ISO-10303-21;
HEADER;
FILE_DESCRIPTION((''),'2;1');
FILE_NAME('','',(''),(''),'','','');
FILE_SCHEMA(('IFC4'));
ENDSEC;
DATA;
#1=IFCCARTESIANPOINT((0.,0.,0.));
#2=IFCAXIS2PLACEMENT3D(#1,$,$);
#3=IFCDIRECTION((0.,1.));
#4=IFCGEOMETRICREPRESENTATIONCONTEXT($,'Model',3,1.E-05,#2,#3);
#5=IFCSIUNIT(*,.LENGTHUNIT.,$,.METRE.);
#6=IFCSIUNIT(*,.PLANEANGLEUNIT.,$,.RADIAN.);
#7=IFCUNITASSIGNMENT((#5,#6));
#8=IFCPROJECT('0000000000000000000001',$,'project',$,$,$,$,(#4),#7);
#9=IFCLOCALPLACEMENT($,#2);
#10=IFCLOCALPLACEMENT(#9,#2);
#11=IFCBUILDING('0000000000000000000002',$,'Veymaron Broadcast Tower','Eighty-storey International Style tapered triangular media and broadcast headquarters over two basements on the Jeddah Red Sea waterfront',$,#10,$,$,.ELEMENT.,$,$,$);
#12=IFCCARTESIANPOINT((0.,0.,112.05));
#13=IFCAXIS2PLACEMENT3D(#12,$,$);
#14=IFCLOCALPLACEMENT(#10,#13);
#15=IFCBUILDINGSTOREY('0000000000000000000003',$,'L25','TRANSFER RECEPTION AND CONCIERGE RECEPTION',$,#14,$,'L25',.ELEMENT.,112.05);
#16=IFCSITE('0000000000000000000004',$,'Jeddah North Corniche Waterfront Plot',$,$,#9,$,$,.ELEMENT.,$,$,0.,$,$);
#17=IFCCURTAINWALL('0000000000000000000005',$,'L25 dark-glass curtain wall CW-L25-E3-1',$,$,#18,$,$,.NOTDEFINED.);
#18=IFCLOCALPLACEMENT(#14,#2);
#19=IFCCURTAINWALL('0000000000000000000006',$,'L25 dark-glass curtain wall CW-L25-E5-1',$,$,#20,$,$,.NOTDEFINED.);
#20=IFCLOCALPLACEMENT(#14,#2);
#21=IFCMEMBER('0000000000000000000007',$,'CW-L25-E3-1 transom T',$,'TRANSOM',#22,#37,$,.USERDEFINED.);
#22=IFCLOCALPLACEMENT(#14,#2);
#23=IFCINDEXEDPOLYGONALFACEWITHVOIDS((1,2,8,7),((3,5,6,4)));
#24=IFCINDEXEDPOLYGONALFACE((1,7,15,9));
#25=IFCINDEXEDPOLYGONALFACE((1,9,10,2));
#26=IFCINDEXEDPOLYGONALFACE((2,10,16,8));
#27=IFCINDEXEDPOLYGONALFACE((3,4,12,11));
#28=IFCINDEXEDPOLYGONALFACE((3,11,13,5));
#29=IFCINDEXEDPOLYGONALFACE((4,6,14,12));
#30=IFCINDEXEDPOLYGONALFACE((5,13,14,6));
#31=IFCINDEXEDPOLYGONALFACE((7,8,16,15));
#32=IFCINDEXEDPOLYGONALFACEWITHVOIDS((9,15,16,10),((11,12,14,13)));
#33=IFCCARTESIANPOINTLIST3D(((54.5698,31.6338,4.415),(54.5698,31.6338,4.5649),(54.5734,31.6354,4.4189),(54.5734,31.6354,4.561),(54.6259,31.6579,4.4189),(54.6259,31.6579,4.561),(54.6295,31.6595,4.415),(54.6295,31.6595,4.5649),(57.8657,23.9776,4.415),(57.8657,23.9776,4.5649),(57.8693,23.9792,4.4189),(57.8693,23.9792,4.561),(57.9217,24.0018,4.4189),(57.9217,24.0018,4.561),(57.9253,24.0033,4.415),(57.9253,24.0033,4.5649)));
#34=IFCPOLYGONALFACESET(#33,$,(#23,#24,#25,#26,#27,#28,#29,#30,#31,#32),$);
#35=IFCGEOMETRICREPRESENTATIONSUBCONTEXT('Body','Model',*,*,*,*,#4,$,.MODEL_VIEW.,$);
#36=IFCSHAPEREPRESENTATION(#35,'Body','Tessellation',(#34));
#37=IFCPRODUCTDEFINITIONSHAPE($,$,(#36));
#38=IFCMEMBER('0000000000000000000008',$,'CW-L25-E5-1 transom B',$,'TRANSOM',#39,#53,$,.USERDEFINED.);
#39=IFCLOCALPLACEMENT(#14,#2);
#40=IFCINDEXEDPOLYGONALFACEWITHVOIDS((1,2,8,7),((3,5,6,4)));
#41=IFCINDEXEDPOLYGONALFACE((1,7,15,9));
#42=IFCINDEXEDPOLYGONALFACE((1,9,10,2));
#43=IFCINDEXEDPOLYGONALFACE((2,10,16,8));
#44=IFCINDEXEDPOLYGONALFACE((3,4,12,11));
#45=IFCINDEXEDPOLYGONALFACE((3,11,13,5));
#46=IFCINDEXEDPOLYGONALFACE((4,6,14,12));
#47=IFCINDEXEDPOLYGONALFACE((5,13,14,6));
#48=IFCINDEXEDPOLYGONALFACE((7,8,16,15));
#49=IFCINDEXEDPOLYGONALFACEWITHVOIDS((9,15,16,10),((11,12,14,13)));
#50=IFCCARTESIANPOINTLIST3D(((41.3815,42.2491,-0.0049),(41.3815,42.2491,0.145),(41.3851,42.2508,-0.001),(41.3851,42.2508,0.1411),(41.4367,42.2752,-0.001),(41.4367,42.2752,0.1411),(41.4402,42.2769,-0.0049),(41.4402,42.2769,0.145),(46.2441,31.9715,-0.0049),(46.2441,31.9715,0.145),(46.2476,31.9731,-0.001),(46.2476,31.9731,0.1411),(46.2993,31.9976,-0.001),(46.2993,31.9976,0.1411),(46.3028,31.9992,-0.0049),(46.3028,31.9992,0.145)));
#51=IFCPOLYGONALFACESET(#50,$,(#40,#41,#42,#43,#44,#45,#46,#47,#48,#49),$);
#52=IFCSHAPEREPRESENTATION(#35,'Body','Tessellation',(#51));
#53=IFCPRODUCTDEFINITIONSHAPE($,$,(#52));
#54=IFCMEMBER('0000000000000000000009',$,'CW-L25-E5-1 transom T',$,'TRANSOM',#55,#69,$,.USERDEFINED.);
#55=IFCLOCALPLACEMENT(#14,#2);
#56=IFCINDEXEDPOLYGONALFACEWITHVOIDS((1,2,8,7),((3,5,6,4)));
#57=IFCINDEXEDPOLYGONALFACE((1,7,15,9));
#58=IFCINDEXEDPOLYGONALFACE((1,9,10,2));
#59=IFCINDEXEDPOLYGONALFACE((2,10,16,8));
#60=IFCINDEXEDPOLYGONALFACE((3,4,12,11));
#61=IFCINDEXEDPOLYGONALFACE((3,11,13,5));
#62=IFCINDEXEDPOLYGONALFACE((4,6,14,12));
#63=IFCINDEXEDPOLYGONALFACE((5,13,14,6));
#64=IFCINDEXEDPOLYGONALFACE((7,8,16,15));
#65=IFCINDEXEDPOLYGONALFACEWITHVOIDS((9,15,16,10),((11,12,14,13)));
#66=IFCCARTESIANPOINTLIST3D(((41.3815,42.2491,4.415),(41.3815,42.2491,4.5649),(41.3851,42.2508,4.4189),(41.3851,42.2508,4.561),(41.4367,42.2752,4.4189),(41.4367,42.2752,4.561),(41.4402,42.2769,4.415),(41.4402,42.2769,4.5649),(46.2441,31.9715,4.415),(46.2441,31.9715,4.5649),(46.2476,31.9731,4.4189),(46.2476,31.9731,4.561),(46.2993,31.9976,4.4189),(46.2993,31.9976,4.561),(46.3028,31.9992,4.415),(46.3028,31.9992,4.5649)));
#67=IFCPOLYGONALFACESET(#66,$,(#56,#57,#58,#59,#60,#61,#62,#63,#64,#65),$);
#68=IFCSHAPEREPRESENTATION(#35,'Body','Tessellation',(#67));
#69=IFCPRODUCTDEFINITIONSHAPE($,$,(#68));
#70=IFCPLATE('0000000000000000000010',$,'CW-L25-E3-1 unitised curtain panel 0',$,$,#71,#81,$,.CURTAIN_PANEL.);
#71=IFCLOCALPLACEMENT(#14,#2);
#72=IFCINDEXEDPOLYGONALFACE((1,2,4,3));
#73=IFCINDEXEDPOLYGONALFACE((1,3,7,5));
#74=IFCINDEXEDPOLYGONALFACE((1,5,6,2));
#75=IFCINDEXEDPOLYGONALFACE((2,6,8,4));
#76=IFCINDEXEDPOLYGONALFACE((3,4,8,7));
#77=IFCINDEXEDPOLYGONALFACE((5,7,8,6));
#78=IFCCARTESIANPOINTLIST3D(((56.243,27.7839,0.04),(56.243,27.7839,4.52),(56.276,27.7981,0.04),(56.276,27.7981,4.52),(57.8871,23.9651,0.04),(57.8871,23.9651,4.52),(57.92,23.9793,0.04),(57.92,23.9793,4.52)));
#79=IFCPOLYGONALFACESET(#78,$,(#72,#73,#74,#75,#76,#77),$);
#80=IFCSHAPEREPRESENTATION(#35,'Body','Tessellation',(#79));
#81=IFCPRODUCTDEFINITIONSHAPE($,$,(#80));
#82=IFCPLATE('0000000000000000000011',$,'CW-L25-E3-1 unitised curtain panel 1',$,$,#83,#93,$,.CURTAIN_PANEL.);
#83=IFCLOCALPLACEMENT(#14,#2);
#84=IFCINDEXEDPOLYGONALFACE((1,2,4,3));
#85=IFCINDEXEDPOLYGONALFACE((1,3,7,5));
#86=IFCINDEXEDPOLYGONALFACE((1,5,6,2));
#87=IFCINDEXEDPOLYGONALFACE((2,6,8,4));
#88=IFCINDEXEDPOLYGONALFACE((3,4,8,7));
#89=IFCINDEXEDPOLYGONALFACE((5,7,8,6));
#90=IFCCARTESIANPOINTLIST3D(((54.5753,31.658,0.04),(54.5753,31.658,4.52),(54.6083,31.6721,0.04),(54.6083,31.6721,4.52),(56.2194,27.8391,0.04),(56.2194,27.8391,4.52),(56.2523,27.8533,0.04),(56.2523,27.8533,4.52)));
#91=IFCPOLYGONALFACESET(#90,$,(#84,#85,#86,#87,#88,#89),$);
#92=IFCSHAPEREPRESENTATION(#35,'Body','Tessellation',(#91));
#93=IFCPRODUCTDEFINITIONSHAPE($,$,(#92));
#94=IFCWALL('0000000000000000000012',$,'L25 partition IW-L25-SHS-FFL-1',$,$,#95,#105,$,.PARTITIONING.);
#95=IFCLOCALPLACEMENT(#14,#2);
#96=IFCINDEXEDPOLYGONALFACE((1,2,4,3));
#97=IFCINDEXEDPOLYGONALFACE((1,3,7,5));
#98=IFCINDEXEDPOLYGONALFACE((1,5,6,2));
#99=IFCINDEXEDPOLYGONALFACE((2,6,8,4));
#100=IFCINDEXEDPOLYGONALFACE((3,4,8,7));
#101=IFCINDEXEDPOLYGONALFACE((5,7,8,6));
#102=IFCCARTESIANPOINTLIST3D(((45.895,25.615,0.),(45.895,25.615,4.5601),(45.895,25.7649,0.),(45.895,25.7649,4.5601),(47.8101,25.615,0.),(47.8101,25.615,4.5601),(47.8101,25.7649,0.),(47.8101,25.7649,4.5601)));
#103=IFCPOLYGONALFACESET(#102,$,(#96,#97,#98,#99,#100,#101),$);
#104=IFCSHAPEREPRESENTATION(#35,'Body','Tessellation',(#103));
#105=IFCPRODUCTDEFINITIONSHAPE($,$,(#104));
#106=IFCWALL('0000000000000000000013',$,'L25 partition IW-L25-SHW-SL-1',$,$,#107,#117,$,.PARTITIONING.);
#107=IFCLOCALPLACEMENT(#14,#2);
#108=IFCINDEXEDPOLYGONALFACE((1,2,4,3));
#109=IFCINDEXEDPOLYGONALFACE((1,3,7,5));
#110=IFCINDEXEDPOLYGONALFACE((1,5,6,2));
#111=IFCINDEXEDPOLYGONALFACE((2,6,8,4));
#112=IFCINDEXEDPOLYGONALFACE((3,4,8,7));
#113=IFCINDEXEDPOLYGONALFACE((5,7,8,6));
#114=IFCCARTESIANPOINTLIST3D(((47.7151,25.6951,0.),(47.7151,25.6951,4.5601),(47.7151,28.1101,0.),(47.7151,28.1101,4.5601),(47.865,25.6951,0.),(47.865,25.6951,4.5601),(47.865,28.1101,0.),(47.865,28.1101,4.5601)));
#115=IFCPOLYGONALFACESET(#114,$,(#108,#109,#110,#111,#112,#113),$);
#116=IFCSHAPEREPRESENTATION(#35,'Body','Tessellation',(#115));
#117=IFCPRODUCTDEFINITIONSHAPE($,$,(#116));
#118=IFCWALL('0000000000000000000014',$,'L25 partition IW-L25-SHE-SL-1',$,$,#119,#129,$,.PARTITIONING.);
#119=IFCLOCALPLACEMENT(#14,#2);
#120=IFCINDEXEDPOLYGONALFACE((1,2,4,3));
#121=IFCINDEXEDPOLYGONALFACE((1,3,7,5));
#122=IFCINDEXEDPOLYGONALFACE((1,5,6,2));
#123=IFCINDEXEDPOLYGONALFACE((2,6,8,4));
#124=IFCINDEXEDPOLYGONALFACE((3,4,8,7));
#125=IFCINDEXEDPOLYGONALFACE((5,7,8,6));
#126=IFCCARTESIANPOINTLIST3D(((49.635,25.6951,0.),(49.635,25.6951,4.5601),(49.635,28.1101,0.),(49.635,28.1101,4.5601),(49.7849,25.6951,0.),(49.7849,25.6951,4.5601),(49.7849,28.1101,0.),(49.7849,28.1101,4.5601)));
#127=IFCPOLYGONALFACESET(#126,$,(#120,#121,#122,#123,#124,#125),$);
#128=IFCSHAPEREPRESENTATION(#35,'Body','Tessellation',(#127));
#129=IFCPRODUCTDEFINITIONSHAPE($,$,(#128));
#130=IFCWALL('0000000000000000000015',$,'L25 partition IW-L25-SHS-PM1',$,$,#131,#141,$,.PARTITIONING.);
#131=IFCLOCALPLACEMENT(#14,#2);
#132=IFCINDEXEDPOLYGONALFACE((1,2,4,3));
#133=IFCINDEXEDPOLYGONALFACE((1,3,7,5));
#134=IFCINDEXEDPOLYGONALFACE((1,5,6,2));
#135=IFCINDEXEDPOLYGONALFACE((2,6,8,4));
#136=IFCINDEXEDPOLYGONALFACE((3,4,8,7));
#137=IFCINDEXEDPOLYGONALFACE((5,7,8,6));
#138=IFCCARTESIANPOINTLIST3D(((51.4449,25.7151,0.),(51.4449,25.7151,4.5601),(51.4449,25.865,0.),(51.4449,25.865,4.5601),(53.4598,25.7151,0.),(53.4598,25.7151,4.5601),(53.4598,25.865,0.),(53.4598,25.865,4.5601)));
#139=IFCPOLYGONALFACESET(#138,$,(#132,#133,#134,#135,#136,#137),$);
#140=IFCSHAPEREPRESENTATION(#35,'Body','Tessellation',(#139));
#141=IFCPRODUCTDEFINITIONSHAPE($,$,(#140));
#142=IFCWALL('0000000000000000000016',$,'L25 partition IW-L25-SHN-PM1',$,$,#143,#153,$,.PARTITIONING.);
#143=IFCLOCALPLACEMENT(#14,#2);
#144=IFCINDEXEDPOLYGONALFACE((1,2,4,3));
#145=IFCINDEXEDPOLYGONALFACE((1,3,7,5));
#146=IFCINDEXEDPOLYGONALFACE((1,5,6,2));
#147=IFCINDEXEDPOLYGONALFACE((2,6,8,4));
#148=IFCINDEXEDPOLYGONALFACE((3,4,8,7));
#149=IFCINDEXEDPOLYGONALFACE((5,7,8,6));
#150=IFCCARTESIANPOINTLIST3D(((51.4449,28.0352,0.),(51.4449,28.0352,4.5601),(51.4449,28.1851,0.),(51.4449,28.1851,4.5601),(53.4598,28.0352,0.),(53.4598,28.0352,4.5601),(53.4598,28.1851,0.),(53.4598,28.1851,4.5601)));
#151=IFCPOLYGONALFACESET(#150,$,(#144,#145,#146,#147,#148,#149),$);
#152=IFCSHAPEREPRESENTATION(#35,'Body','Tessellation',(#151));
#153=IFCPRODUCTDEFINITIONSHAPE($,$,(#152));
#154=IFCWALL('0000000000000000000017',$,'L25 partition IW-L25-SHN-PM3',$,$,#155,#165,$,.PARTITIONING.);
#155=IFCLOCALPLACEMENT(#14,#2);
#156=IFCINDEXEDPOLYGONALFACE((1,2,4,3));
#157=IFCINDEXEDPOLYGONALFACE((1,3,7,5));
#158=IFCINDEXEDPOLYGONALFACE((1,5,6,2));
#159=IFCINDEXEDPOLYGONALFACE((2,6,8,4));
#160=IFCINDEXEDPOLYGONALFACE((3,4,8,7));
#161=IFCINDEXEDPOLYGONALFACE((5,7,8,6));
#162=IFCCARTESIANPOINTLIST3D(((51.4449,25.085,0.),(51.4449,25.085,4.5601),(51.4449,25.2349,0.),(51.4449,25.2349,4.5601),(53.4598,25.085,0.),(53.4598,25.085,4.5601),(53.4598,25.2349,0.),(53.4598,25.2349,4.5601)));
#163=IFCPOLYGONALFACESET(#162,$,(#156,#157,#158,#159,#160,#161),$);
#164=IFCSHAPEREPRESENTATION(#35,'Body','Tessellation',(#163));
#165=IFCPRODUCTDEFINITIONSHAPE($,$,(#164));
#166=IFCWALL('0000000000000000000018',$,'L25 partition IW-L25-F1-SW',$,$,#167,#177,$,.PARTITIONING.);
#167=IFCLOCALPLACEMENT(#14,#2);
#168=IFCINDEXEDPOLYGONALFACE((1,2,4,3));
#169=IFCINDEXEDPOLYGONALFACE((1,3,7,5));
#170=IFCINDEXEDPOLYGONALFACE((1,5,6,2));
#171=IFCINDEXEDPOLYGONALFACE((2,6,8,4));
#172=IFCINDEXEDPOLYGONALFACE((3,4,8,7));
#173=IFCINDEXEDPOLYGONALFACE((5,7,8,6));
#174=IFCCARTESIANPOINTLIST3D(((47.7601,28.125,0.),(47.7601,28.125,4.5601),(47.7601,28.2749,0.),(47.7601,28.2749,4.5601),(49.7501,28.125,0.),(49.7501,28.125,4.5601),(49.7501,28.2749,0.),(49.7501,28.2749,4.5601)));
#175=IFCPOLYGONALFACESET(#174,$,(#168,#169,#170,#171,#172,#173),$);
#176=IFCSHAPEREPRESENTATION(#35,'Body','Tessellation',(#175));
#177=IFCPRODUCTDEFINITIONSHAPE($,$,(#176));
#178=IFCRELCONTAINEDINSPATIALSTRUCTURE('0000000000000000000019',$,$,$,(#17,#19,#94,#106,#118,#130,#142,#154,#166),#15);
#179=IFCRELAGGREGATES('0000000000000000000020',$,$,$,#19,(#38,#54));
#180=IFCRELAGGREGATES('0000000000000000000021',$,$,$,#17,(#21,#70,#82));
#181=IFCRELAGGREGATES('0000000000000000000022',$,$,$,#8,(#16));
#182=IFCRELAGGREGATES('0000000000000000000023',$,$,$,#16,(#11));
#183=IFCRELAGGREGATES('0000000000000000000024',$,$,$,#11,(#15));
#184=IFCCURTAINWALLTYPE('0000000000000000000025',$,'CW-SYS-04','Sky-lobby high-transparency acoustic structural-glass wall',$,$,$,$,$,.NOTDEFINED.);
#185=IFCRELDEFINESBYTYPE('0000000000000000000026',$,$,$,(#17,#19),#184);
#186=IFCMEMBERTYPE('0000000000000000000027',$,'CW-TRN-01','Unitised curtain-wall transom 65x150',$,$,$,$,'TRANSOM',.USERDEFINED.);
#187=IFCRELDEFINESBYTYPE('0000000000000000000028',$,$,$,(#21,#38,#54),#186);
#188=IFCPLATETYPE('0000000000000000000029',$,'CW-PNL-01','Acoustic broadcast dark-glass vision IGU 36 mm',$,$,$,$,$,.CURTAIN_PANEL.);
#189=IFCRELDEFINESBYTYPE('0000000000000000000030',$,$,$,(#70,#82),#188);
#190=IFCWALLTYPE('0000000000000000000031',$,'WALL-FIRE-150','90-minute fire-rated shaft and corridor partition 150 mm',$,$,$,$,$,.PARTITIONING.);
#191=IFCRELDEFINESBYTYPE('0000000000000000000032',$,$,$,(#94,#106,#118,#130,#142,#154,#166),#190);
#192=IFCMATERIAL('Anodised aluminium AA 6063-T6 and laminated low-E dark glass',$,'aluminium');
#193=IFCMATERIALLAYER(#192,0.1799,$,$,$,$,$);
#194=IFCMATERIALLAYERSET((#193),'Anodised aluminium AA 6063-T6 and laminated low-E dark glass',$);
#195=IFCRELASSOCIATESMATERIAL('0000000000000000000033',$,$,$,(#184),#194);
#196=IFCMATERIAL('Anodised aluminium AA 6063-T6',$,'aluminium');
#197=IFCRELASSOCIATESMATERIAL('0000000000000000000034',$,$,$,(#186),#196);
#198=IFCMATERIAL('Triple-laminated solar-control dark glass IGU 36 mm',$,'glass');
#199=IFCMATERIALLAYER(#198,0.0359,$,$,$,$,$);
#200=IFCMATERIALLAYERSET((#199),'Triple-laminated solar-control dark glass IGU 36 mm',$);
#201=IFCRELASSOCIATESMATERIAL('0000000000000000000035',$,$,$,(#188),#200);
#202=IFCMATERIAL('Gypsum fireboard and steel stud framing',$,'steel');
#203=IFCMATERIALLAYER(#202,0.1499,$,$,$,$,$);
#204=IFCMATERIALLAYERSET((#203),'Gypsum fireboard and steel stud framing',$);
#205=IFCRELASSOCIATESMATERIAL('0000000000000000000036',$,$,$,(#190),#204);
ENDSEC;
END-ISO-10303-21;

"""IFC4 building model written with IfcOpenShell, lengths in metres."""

from ifc_helpers import new_model, si_unit, direction, frame, frame_2d, origin, origin_2d, place, context, subcontext, project, spatial, rectangle, hollow_rectangle, extrude, material, layer, layer_set, material_profile, profile_set, type_object, element, aggregate, save


model = new_model("IFC4")

# Units and contexts
model_context = context("Model", 3, precision=1e-05, world=origin(), true_north=direction((0.0, 1.0)))
body_context = subcontext(model_context, "Body", "Model", "MODEL_VIEW")
ifc_project = project(units=[si_unit("LENGTHUNIT", "METRE"), si_unit("PLANEANGLEUNIT", "RADIAN")], contexts=[model_context])

# Site, building, storey
site_placement = place(None, origin())
site = spatial("IfcSite", under=ifc_project, at=site_placement, Name="Jeddah North Corniche Waterfront Plot", CompositionType="ELEMENT", RefElevation=0.0)
building_placement = place(site_placement, origin())
building = spatial("IfcBuilding", under=site, at=building_placement, Name="Veymaron Broadcast Tower", Description="Eighty-storey International Style tapered triangular media and broadcast headquarters over two basements on the Jeddah Red Sea waterfront", CompositionType="ELEMENT")
storey_placement = place(building_placement, frame((0.0, 0.0, 112.05)))
storey = spatial("IfcBuildingStorey", under=building, at=storey_placement, Name="L25", Description="TRANSFER RECEPTION AND CONCIERGE RECEPTION", LongName="L25", CompositionType="ELEMENT", Elevation=112.05)

# Shared definitions
ifc_material_1 = material(Name="Anodised aluminium AA 6063-T6 and laminated low-E dark glass", Category="aluminium")
ifc_layer_1 = layer(ifc_material_1, 0.1799)
ifc_layer_set_1 = layer_set([ifc_layer_1], Name="Anodised aluminium AA 6063-T6 and laminated low-E dark glass")
curtain_wall_type = type_object("IfcCurtainWallType", Name="CW-SYS-04", Description="Sky-lobby high-transparency acoustic structural-glass wall", PredefinedType="NOTDEFINED", material=ifc_layer_set_1)
ifc_material_2 = material(Name="Anodised aluminium AA 6063-T6", Category="aluminium")

# Curtain wall
curtain_wall_1_placement = place(storey_placement, origin())
curtain_wall_1 = element("IfcCurtainWall", 1, at=curtain_wall_1_placement, inside=storey, type_object=curtain_wall_type, Name="L25 dark-glass curtain wall CW-L25-E3-1", PredefinedType="NOTDEFINED")

# Curtain wall
curtain_wall_2_placement = place(storey_placement, origin())
curtain_wall_2 = element("IfcCurtainWall", 2, at=curtain_wall_2_placement, inside=storey, type_object=curtain_wall_type, Name="L25 dark-glass curtain wall CW-L25-E5-1", PredefinedType="NOTDEFINED")

# Members
ifc_material_profile_1 = material_profile(ifc_material_2, hollow_rectangle(XDim=0.0649, YDim=0.1499, WallThickness=0.0039, at=origin_2d()), Name="AL150X65X4")
ifc_profile_set_1 = profile_set([ifc_material_profile_1], Name="Anodised aluminium AA 6063-T6")
member_type_1 = type_object("IfcMemberType", Name="CW-TRN-01", Description="Unitised curtain-wall transom 65x150", ElementType="TRANSOM", PredefinedType="USERDEFINED", material=ifc_profile_set_1)
member_1_placement = place(storey_placement, frame((57.8955, 23.9905, 4.49), z_axis=(-0.395403, 0.918508, 0.0), x_axis=(-0.918508, -0.395403, 0.0)))
member_1 = element("IfcMember", 3, at=member_1_placement, type_object=member_type_1, Name="CW-L25-E3-1 transom T", ObjectType="TRANSOM", PredefinedType="USERDEFINED", context=body_context, shape_type="SweptSolid", body=[
    extrude(hollow_rectangle(XDim=0.0649, YDim=0.1499, WallThickness=0.0039, at=origin_2d()), origin(), (0.0, 0.0, 1.0), 8.3354),
])
member_2_placement = place(storey_placement, frame((46.2734, 31.9854, 0.0701), z_axis=(-0.427671, 0.903934, 0.0), x_axis=(-0.903934, -0.427671, 0.0)))
member_2 = element("IfcMember", 4, at=member_2_placement, type_object=member_type_1, Name="CW-L25-E5-1 transom B", ObjectType="TRANSOM", PredefinedType="USERDEFINED", context=body_context, shape_type="SweptSolid", body=[
    extrude(hollow_rectangle(XDim=0.0649, YDim=0.1499, WallThickness=0.0039, at=origin_2d()), origin(), (0.0, 0.0, 1.0), 11.3699),
])
member_3_placement = place(storey_placement, frame((46.2734, 31.9854, 4.49), z_axis=(-0.427671, 0.903934, 0.0), x_axis=(-0.903934, -0.427671, 0.0)))
member_3 = element("IfcMember", 5, at=member_3_placement, type_object=member_type_1, Name="CW-L25-E5-1 transom T", ObjectType="TRANSOM", PredefinedType="USERDEFINED", context=body_context, shape_type="SweptSolid", body=[
    extrude(hollow_rectangle(XDim=0.0649, YDim=0.1499, WallThickness=0.0039, at=origin_2d()), origin(), (0.0, 0.0, 1.0), 11.3699),
])
aggregate(curtain_wall_2, [member_2, member_3])

# Plates
ifc_material_3 = material(Name="Triple-laminated solar-control dark glass IGU 36 mm", Category="glass")
ifc_layer_2 = layer(ifc_material_3, 0.0359)
ifc_layer_set_2 = layer_set([ifc_layer_2], Name="Triple-laminated solar-control dark glass IGU 36 mm")
plate_type = type_object("IfcPlateType", Name="CW-PNL-01", Description="Acoustic broadcast dark-glass vision IGU 36 mm", PredefinedType="CURTAIN_PANEL", material=ifc_layer_set_2)
plate_1_placement = place(storey_placement, frame((57.0815, 25.8816, 0.04), z_axis=(0.0, 0.0, 1.0), x_axis=(-0.395417, 0.918502, 0.0)))
plate_1 = element("IfcPlate", 6, at=plate_1_placement, type_object=plate_type, Name="CW-L25-E3-1 unitised curtain panel 0", PredefinedType="CURTAIN_PANEL", context=body_context, shape_type="SweptSolid", body=[
    extrude(rectangle(XDim=4.1577, YDim=0.0359, at=origin_2d()), origin(), (0.0, 0.0, 1.0), 4.48),
])
plate_2_placement = place(storey_placement, frame((55.4138, 29.7556, 0.04), z_axis=(0.0, 0.0, 1.0), x_axis=(-0.395417, 0.918502, 0.0)))
plate_2 = element("IfcPlate", 7, at=plate_2_placement, type_object=plate_type, Name="CW-L25-E3-1 unitised curtain panel 1", PredefinedType="CURTAIN_PANEL", context=body_context, shape_type="SweptSolid", body=[
    extrude(rectangle(XDim=4.1577, YDim=0.0359, at=origin_2d()), origin(), (0.0, 0.0, 1.0), 4.48),
])
aggregate(curtain_wall_1, [member_1, plate_1, plate_2])

# Wall
ifc_material_4 = material(Name="Gypsum fireboard and steel stud framing", Category="steel")
ifc_layer_3 = layer(ifc_material_4, 0.1499)
ifc_layer_set_3 = layer_set([ifc_layer_3], Name="Gypsum fireboard and steel stud framing")
wall_type_1 = type_object("IfcWallType", Name="WALL-FIRE-150", Description="90-minute fire-rated shaft and corridor partition 150 mm", PredefinedType="PARTITIONING", material=ifc_layer_set_3)
wall_1_placement = place(storey_placement, frame((45.895, 25.6899, 0.0), z_axis=(0.0, 0.0, 1.0), x_axis=(1.0, 0.0, 0.0)))
element("IfcWall", 8, at=wall_1_placement, inside=storey, type_object=wall_type_1, Name="L25 partition IW-L25-SHS-FFL-1", PredefinedType="PARTITIONING", context=body_context, shape_type="SweptSolid", body=[
    extrude(rectangle(XDim=1.915, YDim=0.1499, at=frame_2d((0.9575, 0.0))), origin(), (0.0, 0.0, 1.0), 4.5601),
])

# Walls
for number, where, z_axis, x_axis, name in (
    (9, (47.79, 25.6951, 0.0), (0.0, 0.0, 1.0), (0.0, 1.0, 0.0), "L25 partition IW-L25-SHW-SL-1"),
    (10, (49.71, 25.6951, 0.0), (0.0, 0.0, 1.0), (0.0, 1.0, 0.0), "L25 partition IW-L25-SHE-SL-1"),
):
    element("IfcWall", number, at=place(storey_placement, frame(where, z_axis=z_axis, x_axis=x_axis)), inside=storey, type_object=wall_type_1, Name=name, PredefinedType="PARTITIONING", context=body_context, shape_type="SweptSolid", body=[
        extrude(rectangle(XDim=2.415, YDim=0.1499, at=frame_2d((1.2075, 0.0))), origin(), (0.0, 0.0, 1.0), 4.5601),
    ])

# Walls
for number, where, z_axis, x_axis, name in (
    (11, (51.4451, 25.79, 0.0), (0.0, 0.0, 1.0), (1.0, 0.0, 0.0), "L25 partition IW-L25-SHS-PM1"),
    (12, (51.4451, 28.1101, 0.0), (0.0, 0.0, 1.0), (1.0, 0.0, 0.0), "L25 partition IW-L25-SHN-PM1"),
    (13, (51.4451, 25.1599, 0.0), (0.0, 0.0, 1.0), (1.0, 0.0, 0.0), "L25 partition IW-L25-SHN-PM3"),
):
    element("IfcWall", number, at=place(storey_placement, frame(where, z_axis=z_axis, x_axis=x_axis)), inside=storey, type_object=wall_type_1, Name=name, PredefinedType="PARTITIONING", context=body_context, shape_type="SweptSolid", body=[
        extrude(rectangle(XDim=2.0149, YDim=0.1499, at=frame_2d((1.0073, 0.0))), origin(), (0.0, 0.0, 1.0), 4.5601),
    ])
wall_2_placement = place(storey_placement, frame((47.76, 28.2, 0.0), z_axis=(0.0, 0.0, 1.0), x_axis=(1.0, 0.0, 0.0)))
element("IfcWall", 14, at=wall_2_placement, inside=storey, type_object=wall_type_1, Name="L25 partition IW-L25-F1-SW", PredefinedType="PARTITIONING", context=body_context, shape_type="SweptSolid", body=[
    extrude(rectangle(XDim=1.99, YDim=0.1499, at=frame_2d((0.9951, 0.0))), origin(), (0.0, 0.0, 1.0), 4.5601),
])

save(model, "model.ifc")
